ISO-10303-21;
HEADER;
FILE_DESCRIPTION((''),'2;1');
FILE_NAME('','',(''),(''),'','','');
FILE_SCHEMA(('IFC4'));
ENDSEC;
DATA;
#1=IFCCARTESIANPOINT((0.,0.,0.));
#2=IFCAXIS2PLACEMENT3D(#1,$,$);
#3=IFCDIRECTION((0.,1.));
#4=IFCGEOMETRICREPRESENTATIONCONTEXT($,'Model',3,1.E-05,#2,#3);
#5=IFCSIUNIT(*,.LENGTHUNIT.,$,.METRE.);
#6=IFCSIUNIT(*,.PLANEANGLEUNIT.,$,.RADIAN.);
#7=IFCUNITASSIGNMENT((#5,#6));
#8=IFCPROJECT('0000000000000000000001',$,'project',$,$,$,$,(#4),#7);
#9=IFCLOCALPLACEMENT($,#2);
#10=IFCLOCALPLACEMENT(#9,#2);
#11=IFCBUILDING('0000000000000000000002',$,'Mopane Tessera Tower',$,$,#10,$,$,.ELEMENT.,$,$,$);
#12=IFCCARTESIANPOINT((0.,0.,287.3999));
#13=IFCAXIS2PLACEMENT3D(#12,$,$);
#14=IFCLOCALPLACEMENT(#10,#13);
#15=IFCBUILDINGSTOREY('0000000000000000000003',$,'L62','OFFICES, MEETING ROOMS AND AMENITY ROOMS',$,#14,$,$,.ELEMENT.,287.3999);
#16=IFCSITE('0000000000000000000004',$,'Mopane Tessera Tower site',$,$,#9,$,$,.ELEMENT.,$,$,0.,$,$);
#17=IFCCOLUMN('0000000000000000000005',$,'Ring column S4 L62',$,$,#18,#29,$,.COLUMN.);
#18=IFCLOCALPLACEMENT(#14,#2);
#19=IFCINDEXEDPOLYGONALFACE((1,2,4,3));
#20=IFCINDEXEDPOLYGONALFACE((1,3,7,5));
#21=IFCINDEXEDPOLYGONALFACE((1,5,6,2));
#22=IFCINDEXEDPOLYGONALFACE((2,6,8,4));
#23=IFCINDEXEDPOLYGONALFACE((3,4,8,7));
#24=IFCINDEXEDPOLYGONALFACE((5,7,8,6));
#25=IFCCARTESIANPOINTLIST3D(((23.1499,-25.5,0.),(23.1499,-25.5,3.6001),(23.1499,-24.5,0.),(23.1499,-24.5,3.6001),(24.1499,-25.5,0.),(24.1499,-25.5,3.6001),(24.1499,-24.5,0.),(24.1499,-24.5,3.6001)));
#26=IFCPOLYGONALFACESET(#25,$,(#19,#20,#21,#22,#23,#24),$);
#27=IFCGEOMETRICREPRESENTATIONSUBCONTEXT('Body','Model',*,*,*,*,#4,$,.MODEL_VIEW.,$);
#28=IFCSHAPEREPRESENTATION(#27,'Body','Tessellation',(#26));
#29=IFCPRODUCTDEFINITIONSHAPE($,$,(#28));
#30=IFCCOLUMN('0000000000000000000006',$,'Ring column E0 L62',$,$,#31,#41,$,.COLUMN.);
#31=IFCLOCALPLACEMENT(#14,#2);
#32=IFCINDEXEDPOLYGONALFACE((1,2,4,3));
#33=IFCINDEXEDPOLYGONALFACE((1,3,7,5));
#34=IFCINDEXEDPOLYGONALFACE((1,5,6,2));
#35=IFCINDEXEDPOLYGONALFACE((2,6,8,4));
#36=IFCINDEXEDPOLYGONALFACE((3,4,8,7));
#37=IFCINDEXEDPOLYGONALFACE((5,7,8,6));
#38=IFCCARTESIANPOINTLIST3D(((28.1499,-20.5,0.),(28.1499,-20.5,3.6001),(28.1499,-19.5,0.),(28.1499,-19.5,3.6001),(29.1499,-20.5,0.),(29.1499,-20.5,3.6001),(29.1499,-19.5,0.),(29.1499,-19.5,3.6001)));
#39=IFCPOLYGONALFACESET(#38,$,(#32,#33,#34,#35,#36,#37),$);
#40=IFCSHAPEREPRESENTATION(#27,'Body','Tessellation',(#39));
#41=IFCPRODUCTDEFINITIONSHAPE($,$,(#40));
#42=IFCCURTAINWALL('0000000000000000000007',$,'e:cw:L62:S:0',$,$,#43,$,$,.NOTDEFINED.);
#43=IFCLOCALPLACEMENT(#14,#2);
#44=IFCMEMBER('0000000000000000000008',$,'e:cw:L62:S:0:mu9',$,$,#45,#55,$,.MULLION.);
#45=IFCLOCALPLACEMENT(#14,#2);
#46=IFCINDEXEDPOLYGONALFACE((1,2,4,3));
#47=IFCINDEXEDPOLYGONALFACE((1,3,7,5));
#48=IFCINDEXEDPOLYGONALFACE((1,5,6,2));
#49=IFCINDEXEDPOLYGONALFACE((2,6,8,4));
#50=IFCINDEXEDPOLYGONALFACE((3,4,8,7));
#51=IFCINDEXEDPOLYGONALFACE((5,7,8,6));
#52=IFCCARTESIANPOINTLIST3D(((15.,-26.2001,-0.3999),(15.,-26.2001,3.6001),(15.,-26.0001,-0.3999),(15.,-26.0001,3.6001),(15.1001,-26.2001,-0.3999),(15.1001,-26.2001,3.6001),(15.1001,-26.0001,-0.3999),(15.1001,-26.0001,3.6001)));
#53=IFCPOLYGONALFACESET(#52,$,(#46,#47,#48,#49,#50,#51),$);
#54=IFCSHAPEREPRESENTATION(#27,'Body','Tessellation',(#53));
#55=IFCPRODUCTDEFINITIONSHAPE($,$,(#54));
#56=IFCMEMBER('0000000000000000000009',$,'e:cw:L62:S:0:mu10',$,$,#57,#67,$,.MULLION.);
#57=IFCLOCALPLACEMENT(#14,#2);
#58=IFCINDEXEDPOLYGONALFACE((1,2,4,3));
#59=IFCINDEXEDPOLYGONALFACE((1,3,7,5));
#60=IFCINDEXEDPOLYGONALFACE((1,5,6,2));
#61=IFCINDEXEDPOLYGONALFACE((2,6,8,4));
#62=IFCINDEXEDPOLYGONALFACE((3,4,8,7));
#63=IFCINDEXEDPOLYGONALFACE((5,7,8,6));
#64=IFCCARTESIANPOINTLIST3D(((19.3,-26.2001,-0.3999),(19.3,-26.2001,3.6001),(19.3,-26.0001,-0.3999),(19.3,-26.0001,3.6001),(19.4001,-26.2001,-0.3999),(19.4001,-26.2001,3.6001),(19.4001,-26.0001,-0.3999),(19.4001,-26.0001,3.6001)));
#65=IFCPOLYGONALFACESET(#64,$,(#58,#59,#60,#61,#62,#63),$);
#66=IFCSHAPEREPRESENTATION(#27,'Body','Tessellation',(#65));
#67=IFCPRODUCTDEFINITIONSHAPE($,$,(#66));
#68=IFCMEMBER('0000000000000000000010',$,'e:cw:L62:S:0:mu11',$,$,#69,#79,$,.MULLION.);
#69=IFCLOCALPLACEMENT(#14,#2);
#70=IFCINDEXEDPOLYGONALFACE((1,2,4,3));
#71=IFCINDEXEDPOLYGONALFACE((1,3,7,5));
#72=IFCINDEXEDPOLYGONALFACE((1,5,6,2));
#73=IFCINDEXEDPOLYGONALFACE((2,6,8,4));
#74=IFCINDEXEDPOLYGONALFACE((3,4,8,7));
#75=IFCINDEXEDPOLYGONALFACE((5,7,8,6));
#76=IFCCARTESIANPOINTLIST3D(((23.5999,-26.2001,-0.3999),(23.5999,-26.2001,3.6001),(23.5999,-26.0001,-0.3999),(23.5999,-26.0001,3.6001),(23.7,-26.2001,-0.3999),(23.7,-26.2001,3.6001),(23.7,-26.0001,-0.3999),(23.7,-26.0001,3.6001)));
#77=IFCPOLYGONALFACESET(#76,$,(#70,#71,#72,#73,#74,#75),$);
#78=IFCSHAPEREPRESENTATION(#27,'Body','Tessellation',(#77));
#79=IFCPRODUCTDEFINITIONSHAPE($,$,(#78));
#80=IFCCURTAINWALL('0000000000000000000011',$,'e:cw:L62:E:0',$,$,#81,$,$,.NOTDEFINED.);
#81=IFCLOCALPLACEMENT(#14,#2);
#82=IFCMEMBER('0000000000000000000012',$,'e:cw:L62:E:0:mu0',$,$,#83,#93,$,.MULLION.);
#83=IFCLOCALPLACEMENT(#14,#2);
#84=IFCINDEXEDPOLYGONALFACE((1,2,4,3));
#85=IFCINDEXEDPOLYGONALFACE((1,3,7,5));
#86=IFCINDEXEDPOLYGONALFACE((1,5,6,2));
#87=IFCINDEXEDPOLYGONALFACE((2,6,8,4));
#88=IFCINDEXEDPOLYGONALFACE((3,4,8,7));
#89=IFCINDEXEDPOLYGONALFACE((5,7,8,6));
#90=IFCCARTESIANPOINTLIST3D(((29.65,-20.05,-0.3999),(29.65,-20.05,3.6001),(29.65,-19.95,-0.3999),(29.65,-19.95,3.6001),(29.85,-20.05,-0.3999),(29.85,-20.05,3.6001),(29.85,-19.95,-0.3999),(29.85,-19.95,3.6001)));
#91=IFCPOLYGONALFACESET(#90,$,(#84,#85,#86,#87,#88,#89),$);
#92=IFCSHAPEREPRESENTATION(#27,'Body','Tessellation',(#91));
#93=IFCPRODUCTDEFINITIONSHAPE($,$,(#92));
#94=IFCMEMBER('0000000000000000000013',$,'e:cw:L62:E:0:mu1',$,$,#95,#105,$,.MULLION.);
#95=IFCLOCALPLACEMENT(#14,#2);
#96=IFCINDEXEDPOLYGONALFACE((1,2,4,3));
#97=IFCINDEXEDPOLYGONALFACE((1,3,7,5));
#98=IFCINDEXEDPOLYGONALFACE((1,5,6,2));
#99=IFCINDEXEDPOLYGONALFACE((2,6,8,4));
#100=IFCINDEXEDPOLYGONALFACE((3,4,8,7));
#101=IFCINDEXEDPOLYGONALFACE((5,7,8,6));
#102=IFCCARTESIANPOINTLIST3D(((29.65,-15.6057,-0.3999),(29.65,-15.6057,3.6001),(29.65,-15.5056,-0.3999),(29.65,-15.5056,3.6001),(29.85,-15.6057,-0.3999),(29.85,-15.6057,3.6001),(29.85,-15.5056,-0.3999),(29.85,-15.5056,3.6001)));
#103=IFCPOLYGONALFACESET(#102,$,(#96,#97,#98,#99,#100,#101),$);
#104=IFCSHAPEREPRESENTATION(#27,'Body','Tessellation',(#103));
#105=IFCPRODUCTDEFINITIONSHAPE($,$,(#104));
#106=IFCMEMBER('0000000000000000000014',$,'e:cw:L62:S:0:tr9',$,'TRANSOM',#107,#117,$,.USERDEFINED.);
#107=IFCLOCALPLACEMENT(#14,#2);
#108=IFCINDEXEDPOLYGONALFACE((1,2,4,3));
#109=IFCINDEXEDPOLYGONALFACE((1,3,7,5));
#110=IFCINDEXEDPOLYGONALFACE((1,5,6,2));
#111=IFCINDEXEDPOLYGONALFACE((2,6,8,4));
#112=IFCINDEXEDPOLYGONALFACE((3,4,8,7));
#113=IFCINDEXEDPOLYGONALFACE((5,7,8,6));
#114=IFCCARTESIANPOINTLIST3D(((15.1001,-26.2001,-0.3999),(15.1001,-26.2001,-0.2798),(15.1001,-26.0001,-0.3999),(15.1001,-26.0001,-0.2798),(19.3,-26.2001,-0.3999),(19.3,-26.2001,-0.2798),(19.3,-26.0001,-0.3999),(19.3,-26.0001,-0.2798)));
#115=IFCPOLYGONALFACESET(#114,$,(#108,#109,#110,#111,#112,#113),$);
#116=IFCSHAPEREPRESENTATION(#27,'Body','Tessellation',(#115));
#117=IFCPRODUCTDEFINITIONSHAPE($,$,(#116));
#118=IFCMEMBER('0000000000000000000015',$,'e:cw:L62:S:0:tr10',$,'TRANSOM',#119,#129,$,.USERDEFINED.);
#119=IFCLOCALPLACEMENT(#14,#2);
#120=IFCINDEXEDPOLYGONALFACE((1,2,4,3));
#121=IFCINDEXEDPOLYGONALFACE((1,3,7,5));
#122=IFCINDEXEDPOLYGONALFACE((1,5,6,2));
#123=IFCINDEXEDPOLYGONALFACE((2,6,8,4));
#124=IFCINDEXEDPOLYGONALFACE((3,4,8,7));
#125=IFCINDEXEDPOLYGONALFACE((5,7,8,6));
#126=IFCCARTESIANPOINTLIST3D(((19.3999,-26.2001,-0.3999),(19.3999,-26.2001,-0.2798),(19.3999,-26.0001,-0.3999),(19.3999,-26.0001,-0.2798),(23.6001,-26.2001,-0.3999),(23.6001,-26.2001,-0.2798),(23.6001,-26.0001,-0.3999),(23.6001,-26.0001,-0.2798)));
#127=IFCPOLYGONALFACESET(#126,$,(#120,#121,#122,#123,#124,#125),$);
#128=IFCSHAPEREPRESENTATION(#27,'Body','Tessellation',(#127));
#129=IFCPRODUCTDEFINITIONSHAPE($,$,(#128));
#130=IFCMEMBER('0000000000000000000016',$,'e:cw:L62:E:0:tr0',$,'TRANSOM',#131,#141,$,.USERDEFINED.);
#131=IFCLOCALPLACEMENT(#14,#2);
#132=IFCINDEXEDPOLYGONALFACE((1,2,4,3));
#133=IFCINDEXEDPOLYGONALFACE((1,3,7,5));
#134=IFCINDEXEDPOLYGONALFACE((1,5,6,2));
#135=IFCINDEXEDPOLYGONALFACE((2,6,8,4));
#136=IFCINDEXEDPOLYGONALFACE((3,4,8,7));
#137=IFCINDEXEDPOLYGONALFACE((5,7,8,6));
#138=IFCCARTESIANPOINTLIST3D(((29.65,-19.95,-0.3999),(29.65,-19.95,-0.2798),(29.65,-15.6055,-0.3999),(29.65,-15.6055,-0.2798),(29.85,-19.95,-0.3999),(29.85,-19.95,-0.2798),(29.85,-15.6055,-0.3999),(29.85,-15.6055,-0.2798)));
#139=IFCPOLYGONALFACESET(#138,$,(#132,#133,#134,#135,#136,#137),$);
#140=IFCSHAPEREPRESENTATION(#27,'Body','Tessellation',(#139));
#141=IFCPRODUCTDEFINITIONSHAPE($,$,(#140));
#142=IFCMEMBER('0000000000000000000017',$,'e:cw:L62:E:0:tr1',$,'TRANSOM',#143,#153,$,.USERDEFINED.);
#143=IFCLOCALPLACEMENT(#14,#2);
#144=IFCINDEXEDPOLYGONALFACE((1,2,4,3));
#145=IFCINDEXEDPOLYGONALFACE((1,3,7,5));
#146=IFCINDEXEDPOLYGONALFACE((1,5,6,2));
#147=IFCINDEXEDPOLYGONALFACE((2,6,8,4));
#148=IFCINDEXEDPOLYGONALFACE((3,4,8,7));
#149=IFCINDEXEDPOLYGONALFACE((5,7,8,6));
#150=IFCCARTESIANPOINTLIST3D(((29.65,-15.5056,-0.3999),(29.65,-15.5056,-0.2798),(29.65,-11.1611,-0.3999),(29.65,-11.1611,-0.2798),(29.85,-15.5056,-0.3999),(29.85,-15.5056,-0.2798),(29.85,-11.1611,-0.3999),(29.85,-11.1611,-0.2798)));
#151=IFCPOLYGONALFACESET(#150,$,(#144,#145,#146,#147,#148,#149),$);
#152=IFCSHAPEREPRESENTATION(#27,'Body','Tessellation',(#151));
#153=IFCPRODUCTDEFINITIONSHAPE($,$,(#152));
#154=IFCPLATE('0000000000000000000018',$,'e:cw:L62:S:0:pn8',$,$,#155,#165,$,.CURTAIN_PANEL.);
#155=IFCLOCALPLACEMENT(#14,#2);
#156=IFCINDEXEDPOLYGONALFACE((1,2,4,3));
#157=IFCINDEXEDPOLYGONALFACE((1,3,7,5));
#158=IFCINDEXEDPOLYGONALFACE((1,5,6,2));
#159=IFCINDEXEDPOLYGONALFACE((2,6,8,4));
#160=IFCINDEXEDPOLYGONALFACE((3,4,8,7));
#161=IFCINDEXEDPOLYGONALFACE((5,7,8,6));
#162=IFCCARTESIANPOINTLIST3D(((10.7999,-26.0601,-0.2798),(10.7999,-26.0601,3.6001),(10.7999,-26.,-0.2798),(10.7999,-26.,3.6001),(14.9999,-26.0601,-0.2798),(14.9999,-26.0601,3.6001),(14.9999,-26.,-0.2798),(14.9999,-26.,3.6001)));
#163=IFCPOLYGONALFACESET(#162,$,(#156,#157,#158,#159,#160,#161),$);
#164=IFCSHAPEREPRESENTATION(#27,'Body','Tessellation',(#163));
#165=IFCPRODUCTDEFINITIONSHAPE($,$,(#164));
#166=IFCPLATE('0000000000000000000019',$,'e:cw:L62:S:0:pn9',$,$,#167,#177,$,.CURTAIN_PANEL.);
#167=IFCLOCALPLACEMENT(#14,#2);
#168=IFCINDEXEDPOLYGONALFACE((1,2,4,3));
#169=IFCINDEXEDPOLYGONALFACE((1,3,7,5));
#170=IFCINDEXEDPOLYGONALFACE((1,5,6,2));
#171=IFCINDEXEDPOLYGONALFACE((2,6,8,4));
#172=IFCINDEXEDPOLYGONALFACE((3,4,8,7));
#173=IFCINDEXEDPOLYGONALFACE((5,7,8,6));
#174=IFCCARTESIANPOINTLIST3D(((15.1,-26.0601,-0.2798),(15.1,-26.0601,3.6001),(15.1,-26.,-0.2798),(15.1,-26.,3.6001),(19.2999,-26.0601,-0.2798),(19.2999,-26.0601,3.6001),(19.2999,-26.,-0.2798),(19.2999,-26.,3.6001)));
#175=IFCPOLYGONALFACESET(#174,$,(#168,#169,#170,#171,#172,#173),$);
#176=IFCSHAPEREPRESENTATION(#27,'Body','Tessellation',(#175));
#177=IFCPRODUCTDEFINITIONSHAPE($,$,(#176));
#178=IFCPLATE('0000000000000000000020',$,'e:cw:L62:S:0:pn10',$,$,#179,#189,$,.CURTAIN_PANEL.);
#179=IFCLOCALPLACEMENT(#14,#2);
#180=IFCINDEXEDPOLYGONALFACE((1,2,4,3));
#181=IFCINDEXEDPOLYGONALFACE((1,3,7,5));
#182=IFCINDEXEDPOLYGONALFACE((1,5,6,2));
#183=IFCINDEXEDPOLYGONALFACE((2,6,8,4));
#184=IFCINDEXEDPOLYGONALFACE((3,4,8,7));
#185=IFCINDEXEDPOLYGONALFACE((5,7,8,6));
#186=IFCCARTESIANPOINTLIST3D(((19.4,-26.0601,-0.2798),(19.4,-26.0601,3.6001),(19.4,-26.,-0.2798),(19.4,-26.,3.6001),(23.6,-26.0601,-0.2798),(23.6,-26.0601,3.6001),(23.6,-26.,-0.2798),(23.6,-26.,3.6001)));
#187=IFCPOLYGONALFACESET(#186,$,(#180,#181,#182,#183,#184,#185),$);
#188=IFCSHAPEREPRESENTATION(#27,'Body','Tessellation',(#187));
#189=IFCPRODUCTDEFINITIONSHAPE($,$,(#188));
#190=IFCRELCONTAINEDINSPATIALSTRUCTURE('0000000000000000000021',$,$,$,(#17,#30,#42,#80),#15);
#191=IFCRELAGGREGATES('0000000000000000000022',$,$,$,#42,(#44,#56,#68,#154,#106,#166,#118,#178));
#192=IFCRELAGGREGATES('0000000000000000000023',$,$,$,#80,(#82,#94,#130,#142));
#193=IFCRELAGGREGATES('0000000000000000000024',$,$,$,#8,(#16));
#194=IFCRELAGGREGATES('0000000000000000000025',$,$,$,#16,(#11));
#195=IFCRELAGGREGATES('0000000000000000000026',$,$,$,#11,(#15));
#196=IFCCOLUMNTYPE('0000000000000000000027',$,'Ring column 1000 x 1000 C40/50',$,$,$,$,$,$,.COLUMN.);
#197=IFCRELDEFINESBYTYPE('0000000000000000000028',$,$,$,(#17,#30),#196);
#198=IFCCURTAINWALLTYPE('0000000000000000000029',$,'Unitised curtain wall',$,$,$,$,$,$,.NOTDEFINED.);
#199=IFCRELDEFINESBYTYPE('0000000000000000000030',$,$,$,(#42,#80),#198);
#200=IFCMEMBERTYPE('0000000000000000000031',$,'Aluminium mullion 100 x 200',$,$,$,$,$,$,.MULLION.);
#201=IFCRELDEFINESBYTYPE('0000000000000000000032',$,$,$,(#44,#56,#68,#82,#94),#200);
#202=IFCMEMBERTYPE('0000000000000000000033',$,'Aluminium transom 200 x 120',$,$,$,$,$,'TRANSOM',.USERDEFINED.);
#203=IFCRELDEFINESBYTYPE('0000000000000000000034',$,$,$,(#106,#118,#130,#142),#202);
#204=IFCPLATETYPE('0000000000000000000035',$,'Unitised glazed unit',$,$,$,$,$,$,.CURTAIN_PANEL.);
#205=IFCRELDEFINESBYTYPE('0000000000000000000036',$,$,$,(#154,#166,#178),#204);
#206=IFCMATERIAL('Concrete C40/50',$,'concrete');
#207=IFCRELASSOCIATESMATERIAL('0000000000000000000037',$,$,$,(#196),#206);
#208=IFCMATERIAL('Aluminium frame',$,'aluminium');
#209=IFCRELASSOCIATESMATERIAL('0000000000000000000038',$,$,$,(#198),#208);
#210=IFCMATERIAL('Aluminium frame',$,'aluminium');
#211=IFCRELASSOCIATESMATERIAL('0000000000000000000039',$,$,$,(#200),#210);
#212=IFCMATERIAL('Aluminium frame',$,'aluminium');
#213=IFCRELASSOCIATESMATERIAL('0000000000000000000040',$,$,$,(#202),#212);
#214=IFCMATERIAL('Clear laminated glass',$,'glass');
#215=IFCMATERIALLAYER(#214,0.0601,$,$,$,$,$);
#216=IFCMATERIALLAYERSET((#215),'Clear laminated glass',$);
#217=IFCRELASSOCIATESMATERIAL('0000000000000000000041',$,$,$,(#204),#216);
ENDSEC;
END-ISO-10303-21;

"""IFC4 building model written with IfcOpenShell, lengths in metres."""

from ifc_helpers import new_model, si_unit, direction, frame, origin, origin_2d, place, context, subcontext, project, spatial, rectangle, extrude, material, layer, layer_set, material_profile, profile_set, type_object, element, aggregate, save


model = new_model("IFC4")

# Units and contexts
model_context = context("Model", 3, precision=1e-05, world=origin(), true_north=direction((0.0, 1.0)))
body_context = subcontext(model_context, "Body", "Model", "MODEL_VIEW")
ifc_project = project(units=[si_unit("LENGTHUNIT", "METRE"), si_unit("PLANEANGLEUNIT", "RADIAN")], contexts=[model_context])

# Site, building, storey
site_placement = place(None, origin())
site = spatial("IfcSite", under=ifc_project, at=site_placement, Name="Mopane Tessera Tower site", CompositionType="ELEMENT", RefElevation=0.0)
building_placement = place(site_placement, origin())
building = spatial("IfcBuilding", under=site, at=building_placement, Name="Mopane Tessera Tower", CompositionType="ELEMENT")
storey_placement = place(building_placement, frame((0.0, 0.0, 287.3999)))
storey = spatial("IfcBuildingStorey", under=building, at=storey_placement, Name="L62", Description="OFFICES, MEETING ROOMS AND AMENITY ROOMS", CompositionType="ELEMENT", Elevation=287.3999)

# Columns
ifc_material_1 = material(Name="Concrete C40/50", Category="concrete")
ifc_material_profile_1 = material_profile(ifc_material_1, rectangle(XDim=1.0, YDim=1.0, at=origin_2d()))
ifc_profile_set_1 = profile_set([ifc_material_profile_1], Name="Concrete C40/50")
column_type = type_object("IfcColumnType", Name="Ring column 1000 x 1000 C40/50", PredefinedType="COLUMN", material=ifc_profile_set_1)
for number, where, z_axis, x_axis, name in (
    (1, (23.6499, -25.0, 0.0), (0.0, 0.0, 1.0), (1.0, 0.0, 0.0), "Ring column S4 L62"),
    (2, (28.6499, -20.0, 0.0), (0.0, 0.0, 1.0), (1.0, 0.0, 0.0), "Ring column E0 L62"),
):
    element("IfcColumn", number, at=place(storey_placement, frame(where, z_axis=z_axis, x_axis=x_axis)), inside=storey, type_object=column_type, Name=name, PredefinedType="COLUMN", context=body_context, shape_type="SweptSolid", body=[
        extrude(rectangle(XDim=1.0, YDim=1.0, at=origin_2d()), origin(), (0.0, 0.0, 1.0), 3.6001),
    ])

# Curtain walls, members
ifc_material_2 = material(Name="Aluminium frame", Category="aluminium")
curtain_wall_type = type_object("IfcCurtainWallType", Name="Unitised curtain wall", PredefinedType="NOTDEFINED", material=ifc_material_2)
curtain_wall_1_placement = place(storey_placement, origin())
curtain_wall_1 = element("IfcCurtainWall", 3, at=curtain_wall_1_placement, inside=storey, type_object=curtain_wall_type, Name="e:cw:L62:S:0", PredefinedType="NOTDEFINED")
ifc_material_3 = material(Name="Aluminium frame", Category="aluminium")
ifc_material_profile_2 = material_profile(ifc_material_3, rectangle(XDim=0.1001, YDim=0.2, at=origin_2d()))
ifc_profile_set_2 = profile_set([ifc_material_profile_2], Name="Aluminium frame")
member_type_1 = type_object("IfcMemberType", Name="Aluminium mullion 100 x 200", PredefinedType="MULLION", material=ifc_profile_set_2)
member_1_placement = place(storey_placement, frame((15.05, -26.1001, -0.3999), z_axis=(0.0, 0.0, 1.0), x_axis=(1.0, 0.0, 0.0)))
member_1 = element("IfcMember", 4, at=member_1_placement, type_object=member_type_1, Name="e:cw:L62:S:0:mu9", PredefinedType="MULLION", context=body_context, shape_type="SweptSolid", body=[
    extrude(rectangle(XDim=0.1001, YDim=0.2, at=origin_2d()), origin(), (0.0, 0.0, 1.0), 4.0),
])
member_2_placement = place(storey_placement, frame((19.3501, -26.1001, -0.3999), z_axis=(0.0, 0.0, 1.0), x_axis=(1.0, 0.0, 0.0)))
member_2 = element("IfcMember", 5, at=member_2_placement, type_object=member_type_1, Name="e:cw:L62:S:0:mu10", PredefinedType="MULLION", context=body_context, shape_type="SweptSolid", body=[
    extrude(rectangle(XDim=0.1001, YDim=0.2, at=origin_2d()), origin(), (0.0, 0.0, 1.0), 4.0),
])
member_3_placement = place(storey_placement, frame((23.6499, -26.1001, -0.3999), z_axis=(0.0, 0.0, 1.0), x_axis=(1.0, 0.0, 0.0)))
member_3 = element("IfcMember", 6, at=member_3_placement, type_object=member_type_1, Name="e:cw:L62:S:0:mu11", PredefinedType="MULLION", context=body_context, shape_type="SweptSolid", body=[
    extrude(rectangle(XDim=0.1001, YDim=0.2, at=origin_2d()), origin(), (0.0, 0.0, 1.0), 4.0),
])
curtain_wall_2_placement = place(storey_placement, origin())
curtain_wall_2 = element("IfcCurtainWall", 7, at=curtain_wall_2_placement, inside=storey, type_object=curtain_wall_type, Name="e:cw:L62:E:0", PredefinedType="NOTDEFINED")
member_4_placement = place(storey_placement, frame((29.75, -20.0, -0.3999), z_axis=(0.0, 0.0, 1.0), x_axis=(0.0, 1.0, 0.0)))
member_4 = element("IfcMember", 8, at=member_4_placement, type_object=member_type_1, Name="e:cw:L62:E:0:mu0", PredefinedType="MULLION", context=body_context, shape_type="SweptSolid", body=[
    extrude(rectangle(XDim=0.1001, YDim=0.2, at=origin_2d()), origin(), (0.0, 0.0, 1.0), 4.0),
])
member_5_placement = place(storey_placement, frame((29.75, -15.5557, -0.3999), z_axis=(0.0, 0.0, 1.0), x_axis=(0.0, 1.0, 0.0)))
member_5 = element("IfcMember", 9, at=member_5_placement, type_object=member_type_1, Name="e:cw:L62:E:0:mu1", PredefinedType="MULLION", context=body_context, shape_type="SweptSolid", body=[
    extrude(rectangle(XDim=0.1001, YDim=0.2, at=origin_2d()), origin(), (0.0, 0.0, 1.0), 4.0),
])

# Members
ifc_material_4 = material(Name="Aluminium frame", Category="aluminium")
ifc_material_profile_3 = material_profile(ifc_material_4, rectangle(XDim=0.2, YDim=0.1201, at=origin_2d()))
ifc_profile_set_3 = profile_set([ifc_material_profile_3], Name="Aluminium frame")
member_type_2 = type_object("IfcMemberType", Name="Aluminium transom 200 x 120", ElementType="TRANSOM", PredefinedType="USERDEFINED", material=ifc_profile_set_3)
member_6_placement = place(storey_placement, frame((15.1001, -26.1001, -0.3398), z_axis=(1.0, 0.0, 0.0), x_axis=(0.0, 1.0, 0.0)))
member_6 = element("IfcMember", 10, at=member_6_placement, type_object=member_type_2, Name="e:cw:L62:S:0:tr9", ObjectType="TRANSOM", PredefinedType="USERDEFINED", context=body_context, shape_type="SweptSolid", body=[
    extrude(rectangle(XDim=0.2, YDim=0.1201, at=origin_2d()), origin(), (0.0, 0.0, 1.0), 4.2),
])
member_7_placement = place(storey_placement, frame((19.3999, -26.1001, -0.3398), z_axis=(1.0, 0.0, 0.0), x_axis=(0.0, 1.0, 0.0)))
member_7 = element("IfcMember", 11, at=member_7_placement, type_object=member_type_2, Name="e:cw:L62:S:0:tr10", ObjectType="TRANSOM", PredefinedType="USERDEFINED", context=body_context, shape_type="SweptSolid", body=[
    extrude(rectangle(XDim=0.2, YDim=0.1201, at=origin_2d()), origin(), (0.0, 0.0, 1.0), 4.2002),
])
member_8_placement = place(storey_placement, frame((29.75, -19.95, -0.3398), z_axis=(0.0, 1.0, 0.0), x_axis=(-1.0, 0.0, 0.0)))
member_8 = element("IfcMember", 12, at=member_8_placement, type_object=member_type_2, Name="e:cw:L62:E:0:tr0", ObjectType="TRANSOM", PredefinedType="USERDEFINED", context=body_context, shape_type="SweptSolid", body=[
    extrude(rectangle(XDim=0.2, YDim=0.1201, at=origin_2d()), origin(), (0.0, 0.0, 1.0), 4.3445),
])
member_9_placement = place(storey_placement, frame((29.75, -15.5056, -0.3398), z_axis=(0.0, 1.0, 0.0), x_axis=(-1.0, 0.0, 0.0)))
member_9 = element("IfcMember", 13, at=member_9_placement, type_object=member_type_2, Name="e:cw:L62:E:0:tr1", ObjectType="TRANSOM", PredefinedType="USERDEFINED", context=body_context, shape_type="SweptSolid", body=[
    extrude(rectangle(XDim=0.2, YDim=0.1201, at=origin_2d()), origin(), (0.0, 0.0, 1.0), 4.3445),
])

# Plates
ifc_material_5 = material(Name="Clear laminated glass", Category="glass")
ifc_layer = layer(ifc_material_5, 0.0601)
ifc_layer_set = layer_set([ifc_layer], Name="Clear laminated glass")
plate_type = type_object("IfcPlateType", Name="Unitised glazed unit", PredefinedType="CURTAIN_PANEL", material=ifc_layer_set)
plate_1_placement = place(storey_placement, frame((12.8999, -26.03, -0.2798), z_axis=(0.0, 0.0, 1.0), x_axis=(1.0, 0.0, 0.0)))
plate_1 = element("IfcPlate", 14, at=plate_1_placement, type_object=plate_type, Name="e:cw:L62:S:0:pn8", PredefinedType="CURTAIN_PANEL", context=body_context, shape_type="SweptSolid", body=[
    extrude(rectangle(XDim=4.2, YDim=0.0601, at=origin_2d()), origin(), (0.0, 0.0, 1.0), 3.8799),
])
plate_2_placement = place(storey_placement, frame((17.2, -26.03, -0.2798), z_axis=(0.0, 0.0, 1.0), x_axis=(1.0, 0.0, 0.0)))
plate_2 = element("IfcPlate", 15, at=plate_2_placement, type_object=plate_type, Name="e:cw:L62:S:0:pn9", PredefinedType="CURTAIN_PANEL", context=body_context, shape_type="SweptSolid", body=[
    extrude(rectangle(XDim=4.2, YDim=0.0601, at=origin_2d()), origin(), (0.0, 0.0, 1.0), 3.8799),
])
plate_3_placement = place(storey_placement, frame((21.5, -26.03, -0.2798), z_axis=(0.0, 0.0, 1.0), x_axis=(1.0, 0.0, 0.0)))
plate_3 = element("IfcPlate", 16, at=plate_3_placement, type_object=plate_type, Name="e:cw:L62:S:0:pn10", PredefinedType="CURTAIN_PANEL", context=body_context, shape_type="SweptSolid", body=[
    extrude(rectangle(XDim=4.2, YDim=0.0601, at=origin_2d()), origin(), (0.0, 0.0, 1.0), 3.8799),
])
aggregate(curtain_wall_1, [member_1, member_2, member_3, plate_1, member_6, plate_2, member_7, plate_3])
aggregate(curtain_wall_2, [member_4, member_5, member_8, member_9])

save(model, "model.ifc")
